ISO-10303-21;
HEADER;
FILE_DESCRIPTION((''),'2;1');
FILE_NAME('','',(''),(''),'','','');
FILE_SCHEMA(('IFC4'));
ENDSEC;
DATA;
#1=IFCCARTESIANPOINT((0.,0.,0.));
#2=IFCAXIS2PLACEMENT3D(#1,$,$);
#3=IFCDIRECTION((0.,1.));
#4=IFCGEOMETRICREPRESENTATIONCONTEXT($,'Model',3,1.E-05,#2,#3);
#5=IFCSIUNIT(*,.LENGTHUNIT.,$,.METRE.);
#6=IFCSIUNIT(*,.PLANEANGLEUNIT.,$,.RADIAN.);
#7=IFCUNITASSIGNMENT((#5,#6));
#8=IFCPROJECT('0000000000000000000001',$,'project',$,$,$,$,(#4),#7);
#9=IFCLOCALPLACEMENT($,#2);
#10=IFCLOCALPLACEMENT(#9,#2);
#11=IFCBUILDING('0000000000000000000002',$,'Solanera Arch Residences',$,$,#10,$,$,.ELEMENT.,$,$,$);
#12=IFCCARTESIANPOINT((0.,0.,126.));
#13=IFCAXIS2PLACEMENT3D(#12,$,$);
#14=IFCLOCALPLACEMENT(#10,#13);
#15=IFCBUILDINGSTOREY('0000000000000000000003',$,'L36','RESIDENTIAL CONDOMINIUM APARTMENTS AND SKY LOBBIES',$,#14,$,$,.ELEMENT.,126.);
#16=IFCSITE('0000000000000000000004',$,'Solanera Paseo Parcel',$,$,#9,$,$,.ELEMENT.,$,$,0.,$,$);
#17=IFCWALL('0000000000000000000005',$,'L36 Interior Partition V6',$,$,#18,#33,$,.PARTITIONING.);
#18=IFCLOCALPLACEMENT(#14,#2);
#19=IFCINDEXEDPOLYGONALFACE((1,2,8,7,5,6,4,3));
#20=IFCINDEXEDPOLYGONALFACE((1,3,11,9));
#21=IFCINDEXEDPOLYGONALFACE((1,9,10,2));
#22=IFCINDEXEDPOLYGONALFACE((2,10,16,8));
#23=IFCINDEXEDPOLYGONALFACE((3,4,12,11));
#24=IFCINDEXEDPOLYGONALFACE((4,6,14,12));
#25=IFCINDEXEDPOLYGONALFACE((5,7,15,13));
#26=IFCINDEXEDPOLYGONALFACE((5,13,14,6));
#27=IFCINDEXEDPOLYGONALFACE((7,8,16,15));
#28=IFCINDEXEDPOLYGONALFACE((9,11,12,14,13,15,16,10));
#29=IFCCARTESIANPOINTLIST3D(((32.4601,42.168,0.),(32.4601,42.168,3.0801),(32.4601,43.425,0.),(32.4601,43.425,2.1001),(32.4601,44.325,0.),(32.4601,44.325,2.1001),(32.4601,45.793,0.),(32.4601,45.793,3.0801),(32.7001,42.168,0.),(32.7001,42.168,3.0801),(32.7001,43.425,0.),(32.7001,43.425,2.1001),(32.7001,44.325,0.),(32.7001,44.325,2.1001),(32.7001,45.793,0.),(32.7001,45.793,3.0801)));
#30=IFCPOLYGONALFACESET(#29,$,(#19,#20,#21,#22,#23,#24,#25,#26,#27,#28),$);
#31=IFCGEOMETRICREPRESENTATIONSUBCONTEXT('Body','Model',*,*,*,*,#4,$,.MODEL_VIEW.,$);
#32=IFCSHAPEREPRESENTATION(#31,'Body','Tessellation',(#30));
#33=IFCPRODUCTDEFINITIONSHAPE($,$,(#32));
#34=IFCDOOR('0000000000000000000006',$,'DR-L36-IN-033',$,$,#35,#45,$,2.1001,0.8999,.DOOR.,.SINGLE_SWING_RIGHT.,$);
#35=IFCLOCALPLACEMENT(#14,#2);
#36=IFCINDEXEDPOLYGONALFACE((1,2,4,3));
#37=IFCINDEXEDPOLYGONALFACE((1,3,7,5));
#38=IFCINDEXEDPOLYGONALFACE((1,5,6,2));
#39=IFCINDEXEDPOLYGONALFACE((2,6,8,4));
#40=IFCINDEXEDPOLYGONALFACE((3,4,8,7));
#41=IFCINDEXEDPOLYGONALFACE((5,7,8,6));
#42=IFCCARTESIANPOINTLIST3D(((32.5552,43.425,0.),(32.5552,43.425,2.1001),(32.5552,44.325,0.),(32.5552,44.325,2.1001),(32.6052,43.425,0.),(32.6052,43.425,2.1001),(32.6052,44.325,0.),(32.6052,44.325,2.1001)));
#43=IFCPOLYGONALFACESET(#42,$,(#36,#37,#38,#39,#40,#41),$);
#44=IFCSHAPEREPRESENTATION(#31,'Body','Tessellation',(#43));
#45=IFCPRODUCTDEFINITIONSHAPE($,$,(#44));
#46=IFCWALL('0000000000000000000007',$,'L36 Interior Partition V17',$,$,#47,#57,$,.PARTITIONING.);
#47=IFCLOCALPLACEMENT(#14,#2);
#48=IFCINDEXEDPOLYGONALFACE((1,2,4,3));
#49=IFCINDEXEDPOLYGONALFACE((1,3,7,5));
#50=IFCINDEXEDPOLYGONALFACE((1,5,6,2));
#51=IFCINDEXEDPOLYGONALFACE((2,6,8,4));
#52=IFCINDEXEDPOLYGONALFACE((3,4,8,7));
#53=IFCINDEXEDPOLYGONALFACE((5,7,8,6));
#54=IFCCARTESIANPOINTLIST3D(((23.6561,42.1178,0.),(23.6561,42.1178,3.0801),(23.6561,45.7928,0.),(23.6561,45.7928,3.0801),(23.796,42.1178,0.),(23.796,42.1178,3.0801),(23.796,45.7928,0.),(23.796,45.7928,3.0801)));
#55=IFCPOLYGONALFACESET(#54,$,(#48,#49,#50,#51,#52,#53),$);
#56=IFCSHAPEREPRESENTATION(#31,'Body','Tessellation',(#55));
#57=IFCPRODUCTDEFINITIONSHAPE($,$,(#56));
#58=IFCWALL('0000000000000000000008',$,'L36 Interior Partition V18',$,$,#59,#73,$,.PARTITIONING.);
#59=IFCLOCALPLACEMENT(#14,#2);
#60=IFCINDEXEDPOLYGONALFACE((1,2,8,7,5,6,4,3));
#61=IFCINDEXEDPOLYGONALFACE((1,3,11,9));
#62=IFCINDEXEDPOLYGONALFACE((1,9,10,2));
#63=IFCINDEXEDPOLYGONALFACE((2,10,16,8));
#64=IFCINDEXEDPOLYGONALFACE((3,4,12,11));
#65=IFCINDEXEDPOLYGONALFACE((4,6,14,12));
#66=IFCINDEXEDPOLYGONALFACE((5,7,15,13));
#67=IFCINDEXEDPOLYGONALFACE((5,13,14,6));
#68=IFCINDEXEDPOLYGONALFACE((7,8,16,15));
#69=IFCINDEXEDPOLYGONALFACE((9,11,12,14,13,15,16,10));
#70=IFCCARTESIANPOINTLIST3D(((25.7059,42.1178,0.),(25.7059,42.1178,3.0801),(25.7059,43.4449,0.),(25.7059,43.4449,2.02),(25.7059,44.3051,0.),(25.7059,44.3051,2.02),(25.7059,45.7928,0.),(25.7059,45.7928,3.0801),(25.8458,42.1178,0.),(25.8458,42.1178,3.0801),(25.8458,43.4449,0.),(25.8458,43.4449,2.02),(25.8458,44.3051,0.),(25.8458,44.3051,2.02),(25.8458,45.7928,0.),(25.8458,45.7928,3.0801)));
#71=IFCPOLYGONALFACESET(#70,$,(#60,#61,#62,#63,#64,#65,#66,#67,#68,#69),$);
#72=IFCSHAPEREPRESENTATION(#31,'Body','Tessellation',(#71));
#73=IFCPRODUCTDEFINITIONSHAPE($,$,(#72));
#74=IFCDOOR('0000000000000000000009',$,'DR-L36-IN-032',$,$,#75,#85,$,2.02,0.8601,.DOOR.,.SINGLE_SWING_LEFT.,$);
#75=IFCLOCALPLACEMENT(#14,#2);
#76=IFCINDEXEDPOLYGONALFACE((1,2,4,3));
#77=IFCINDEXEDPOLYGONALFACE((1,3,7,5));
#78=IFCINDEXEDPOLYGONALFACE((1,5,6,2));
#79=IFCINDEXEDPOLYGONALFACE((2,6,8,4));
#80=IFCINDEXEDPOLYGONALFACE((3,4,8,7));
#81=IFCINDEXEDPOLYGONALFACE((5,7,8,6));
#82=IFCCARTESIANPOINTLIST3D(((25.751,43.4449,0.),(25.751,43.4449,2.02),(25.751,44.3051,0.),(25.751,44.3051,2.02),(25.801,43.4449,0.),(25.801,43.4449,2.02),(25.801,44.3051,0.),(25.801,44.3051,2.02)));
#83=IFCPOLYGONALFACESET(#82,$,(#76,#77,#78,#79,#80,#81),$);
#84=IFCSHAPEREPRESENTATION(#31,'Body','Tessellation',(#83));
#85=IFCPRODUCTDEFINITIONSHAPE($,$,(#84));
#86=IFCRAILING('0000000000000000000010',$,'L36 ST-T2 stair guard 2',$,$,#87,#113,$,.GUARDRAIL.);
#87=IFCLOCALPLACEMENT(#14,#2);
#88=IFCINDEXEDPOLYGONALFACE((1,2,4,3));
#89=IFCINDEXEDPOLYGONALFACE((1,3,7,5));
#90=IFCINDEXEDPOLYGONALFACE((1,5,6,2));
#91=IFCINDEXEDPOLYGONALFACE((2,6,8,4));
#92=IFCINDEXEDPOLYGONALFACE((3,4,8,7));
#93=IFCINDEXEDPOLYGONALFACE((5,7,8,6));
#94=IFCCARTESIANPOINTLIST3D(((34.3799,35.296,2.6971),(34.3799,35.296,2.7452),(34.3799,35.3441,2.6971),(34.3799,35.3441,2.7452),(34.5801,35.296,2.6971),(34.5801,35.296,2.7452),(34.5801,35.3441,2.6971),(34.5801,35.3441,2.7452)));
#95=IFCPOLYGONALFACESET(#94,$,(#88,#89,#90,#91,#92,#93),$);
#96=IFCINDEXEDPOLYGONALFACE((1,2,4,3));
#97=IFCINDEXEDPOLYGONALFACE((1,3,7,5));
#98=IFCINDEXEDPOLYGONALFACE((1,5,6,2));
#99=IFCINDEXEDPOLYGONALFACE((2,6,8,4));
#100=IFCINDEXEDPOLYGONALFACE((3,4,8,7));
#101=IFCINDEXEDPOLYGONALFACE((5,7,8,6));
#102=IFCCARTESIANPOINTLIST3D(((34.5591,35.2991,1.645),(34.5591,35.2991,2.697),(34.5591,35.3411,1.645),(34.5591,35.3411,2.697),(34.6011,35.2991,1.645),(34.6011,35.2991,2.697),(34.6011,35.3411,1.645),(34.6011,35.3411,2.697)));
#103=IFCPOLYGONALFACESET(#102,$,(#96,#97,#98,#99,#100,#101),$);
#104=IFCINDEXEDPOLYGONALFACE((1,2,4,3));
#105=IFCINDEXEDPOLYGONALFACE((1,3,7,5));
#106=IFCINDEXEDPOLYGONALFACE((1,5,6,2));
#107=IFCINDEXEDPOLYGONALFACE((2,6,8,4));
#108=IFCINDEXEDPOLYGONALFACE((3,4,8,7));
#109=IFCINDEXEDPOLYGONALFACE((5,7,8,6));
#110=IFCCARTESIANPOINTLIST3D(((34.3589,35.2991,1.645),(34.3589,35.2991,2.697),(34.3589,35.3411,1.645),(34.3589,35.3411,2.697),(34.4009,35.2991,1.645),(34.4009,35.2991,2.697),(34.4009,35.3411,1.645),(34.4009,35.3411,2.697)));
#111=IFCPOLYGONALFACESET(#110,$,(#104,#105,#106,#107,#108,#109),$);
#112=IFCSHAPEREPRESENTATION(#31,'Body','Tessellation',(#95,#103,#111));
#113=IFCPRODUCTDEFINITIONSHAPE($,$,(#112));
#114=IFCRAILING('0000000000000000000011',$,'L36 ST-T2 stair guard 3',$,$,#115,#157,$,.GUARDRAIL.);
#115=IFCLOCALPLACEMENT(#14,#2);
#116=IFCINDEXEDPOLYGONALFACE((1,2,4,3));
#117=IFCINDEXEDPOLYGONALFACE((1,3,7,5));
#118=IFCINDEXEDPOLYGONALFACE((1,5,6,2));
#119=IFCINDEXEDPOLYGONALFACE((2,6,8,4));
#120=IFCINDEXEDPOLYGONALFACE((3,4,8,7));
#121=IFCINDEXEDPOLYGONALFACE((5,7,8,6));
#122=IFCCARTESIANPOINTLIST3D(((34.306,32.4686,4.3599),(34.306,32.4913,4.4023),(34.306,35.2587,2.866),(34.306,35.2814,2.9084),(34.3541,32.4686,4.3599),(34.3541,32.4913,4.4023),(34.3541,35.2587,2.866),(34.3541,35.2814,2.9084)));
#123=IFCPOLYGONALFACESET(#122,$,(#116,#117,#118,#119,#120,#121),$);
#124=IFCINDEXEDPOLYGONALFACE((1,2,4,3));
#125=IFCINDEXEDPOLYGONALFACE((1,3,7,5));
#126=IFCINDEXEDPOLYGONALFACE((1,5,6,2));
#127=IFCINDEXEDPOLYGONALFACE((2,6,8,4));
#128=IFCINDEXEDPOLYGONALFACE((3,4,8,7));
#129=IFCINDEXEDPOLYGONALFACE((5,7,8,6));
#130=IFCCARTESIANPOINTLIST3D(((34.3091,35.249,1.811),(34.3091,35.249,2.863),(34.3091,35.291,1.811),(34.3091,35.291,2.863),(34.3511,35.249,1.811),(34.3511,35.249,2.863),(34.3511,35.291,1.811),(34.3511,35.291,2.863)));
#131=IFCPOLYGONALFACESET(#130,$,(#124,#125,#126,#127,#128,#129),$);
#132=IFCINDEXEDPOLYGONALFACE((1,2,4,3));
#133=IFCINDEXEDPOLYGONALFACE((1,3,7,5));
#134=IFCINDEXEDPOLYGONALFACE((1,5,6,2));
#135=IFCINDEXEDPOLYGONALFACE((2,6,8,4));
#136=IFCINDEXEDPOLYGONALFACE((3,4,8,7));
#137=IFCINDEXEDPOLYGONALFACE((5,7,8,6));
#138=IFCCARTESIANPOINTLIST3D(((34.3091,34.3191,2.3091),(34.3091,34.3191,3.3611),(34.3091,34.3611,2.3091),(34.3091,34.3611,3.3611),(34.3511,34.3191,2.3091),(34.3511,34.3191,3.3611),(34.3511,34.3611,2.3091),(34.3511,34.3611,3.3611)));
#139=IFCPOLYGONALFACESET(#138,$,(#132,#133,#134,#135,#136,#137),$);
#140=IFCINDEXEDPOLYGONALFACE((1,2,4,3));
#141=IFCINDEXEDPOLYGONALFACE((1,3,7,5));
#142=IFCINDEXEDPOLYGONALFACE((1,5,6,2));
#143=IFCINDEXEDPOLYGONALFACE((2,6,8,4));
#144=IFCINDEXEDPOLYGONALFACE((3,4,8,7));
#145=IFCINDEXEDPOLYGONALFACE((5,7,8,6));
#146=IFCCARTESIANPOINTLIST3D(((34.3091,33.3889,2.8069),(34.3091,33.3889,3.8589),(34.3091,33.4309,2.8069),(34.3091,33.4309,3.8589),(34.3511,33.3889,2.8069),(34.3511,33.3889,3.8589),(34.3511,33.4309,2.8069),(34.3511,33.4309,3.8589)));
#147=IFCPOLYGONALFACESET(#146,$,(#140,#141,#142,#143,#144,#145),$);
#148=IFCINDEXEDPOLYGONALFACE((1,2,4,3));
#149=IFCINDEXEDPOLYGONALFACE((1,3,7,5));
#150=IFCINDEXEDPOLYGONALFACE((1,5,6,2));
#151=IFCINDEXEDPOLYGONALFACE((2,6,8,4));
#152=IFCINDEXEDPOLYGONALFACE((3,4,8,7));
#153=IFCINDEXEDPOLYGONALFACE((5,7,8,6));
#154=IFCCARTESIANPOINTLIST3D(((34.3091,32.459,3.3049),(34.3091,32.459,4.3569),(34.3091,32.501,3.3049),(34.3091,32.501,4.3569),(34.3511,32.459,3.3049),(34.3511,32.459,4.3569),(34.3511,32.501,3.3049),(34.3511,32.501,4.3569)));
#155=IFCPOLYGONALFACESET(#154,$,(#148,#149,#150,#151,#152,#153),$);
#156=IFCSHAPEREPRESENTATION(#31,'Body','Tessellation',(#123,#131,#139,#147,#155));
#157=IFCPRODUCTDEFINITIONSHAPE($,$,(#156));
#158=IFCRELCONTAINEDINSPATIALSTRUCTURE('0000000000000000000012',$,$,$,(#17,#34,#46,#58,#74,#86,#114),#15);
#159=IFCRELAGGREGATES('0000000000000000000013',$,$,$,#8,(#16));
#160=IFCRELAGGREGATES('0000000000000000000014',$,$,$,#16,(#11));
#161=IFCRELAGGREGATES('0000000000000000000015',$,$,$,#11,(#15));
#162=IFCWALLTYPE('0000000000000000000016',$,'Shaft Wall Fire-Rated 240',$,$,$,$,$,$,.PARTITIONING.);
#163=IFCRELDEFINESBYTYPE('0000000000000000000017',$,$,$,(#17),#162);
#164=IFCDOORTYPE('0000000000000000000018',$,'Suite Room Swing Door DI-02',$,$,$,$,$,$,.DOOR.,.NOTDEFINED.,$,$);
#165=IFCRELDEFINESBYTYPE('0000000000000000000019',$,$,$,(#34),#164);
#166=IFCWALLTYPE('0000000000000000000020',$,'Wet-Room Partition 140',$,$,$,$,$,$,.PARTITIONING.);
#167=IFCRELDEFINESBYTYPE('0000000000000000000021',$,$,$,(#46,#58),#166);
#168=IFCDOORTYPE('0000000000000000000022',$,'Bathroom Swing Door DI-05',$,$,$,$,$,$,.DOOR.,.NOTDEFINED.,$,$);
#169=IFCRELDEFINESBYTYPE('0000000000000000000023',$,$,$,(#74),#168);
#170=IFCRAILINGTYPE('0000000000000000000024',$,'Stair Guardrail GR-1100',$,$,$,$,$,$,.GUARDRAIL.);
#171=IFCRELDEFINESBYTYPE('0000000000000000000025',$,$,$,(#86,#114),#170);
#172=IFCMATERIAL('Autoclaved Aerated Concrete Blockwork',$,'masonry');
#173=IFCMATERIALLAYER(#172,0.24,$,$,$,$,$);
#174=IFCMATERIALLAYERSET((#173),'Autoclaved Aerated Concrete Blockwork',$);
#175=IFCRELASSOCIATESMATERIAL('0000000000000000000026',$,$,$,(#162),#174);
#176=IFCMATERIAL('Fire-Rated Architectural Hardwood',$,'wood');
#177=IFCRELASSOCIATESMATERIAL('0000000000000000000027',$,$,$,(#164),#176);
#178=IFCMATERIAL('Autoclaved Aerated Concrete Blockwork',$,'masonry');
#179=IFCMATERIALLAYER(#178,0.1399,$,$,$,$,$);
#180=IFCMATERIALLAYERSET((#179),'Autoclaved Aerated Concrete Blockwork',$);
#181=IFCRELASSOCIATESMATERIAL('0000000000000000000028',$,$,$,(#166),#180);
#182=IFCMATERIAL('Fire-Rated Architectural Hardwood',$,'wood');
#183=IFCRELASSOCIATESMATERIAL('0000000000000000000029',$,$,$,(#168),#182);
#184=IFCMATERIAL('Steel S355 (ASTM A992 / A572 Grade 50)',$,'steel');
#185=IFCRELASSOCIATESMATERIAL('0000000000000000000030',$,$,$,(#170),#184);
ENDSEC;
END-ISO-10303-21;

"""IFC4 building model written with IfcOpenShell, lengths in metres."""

from ifc_helpers import new_model, si_unit, direction, frame, frame_2d, origin, origin_2d, place, context, subcontext, project, spatial, rectangle, extrude, material, layer, layer_set, type_object, element, fill, save


model = new_model("IFC4")

# Units and contexts
model_context = context("Model", 3, precision=1e-05, world=origin(), true_north=direction((0.0, 1.0)))
body_context = subcontext(model_context, "Body", "Model", "MODEL_VIEW")
ifc_project = project(units=[si_unit("LENGTHUNIT", "METRE"), si_unit("PLANEANGLEUNIT", "RADIAN")], contexts=[model_context])

# Site, building, storey
site_placement = place(None, origin())
site = spatial("IfcSite", under=ifc_project, at=site_placement, Name="Solanera Paseo Parcel", CompositionType="ELEMENT", RefElevation=0.0)
building_placement = place(site_placement, origin())
building = spatial("IfcBuilding", under=site, at=building_placement, Name="Solanera Arch Residences", CompositionType="ELEMENT")
storey_placement = place(building_placement, frame((0.0, 0.0, 126.0)))
storey = spatial("IfcBuildingStorey", under=building, at=storey_placement, Name="L36", Description="RESIDENTIAL CONDOMINIUM APARTMENTS AND SKY LOBBIES", CompositionType="ELEMENT", Elevation=126.0)

# Shared definitions
ifc_material_1 = material(Name="Autoclaved Aerated Concrete Blockwork", Category="masonry")
ifc_layer_1 = layer(ifc_material_1, 0.24)
ifc_layer_set_1 = layer_set([ifc_layer_1], Name="Autoclaved Aerated Concrete Blockwork")
wall_type_1 = type_object("IfcWallType", Name="Shaft Wall Fire-Rated 240", PredefinedType="PARTITIONING", material=ifc_layer_set_1)

# Wall, opening, door
wall_1_placement = place(storey_placement, frame((32.5801, 42.168, 0.0), z_axis=(0.0, 0.0, 1.0), x_axis=(0.0, 1.0, 0.0)))
wall_1 = element("IfcWall", 1, at=wall_1_placement, inside=storey, type_object=wall_type_1, Name="L36 Interior Partition V6", PredefinedType="PARTITIONING", context=body_context, shape_type="SweptSolid", body=[
    extrude(rectangle(XDim=3.625, YDim=0.24, at=frame_2d((1.8125, 0.0))), origin(), (0.0, 0.0, 1.0), 3.0801),
])
opening_1_placement = place(wall_1_placement, frame((1.2571, 0.0, 0.0)))
opening_1 = element("IfcOpeningElement", 2, at=opening_1_placement, cuts=wall_1, PredefinedType="OPENING", context=body_context, shape_type="SweptSolid", body=[
    extrude(rectangle(XDim=0.8999, YDim=2.1001, at=frame_2d((0.45, 1.05))), frame((0.0, 0.1299, 0.0), z_axis=(0.0, -1.0, 0.0), x_axis=(1.0, 0.0, 0.0)), (0.0, 0.0, 1.0), 0.26),
])
ifc_material_2 = material(Name="Fire-Rated Architectural Hardwood", Category="wood")
door_type_1 = type_object("IfcDoorType", Name="Suite Room Swing Door DI-02", OperationType="NOTDEFINED", PredefinedType="DOOR", material=ifc_material_2)
door_1_placement = place(opening_1_placement, origin())
door_1 = element("IfcDoor", 3, at=door_1_placement, inside=storey, type_object=door_type_1, Name="DR-L36-IN-033", OperationType="SINGLE_SWING_RIGHT", OverallHeight=2.1001, OverallWidth=0.8999, PredefinedType="DOOR", context=body_context, shape_type="SweptSolid", body=[
    extrude(rectangle(XDim=0.8999, YDim=2.1001, at=frame_2d((0.45, 1.05))), frame((0.0, 0.0249, 0.0), z_axis=(0.0, -1.0, 0.0), x_axis=(1.0, 0.0, 0.0)), (0.0, 0.0, 1.0), 0.05),
])
fill(opening_1, door_1)

# Wall
ifc_material_3 = material(Name="Autoclaved Aerated Concrete Blockwork", Category="masonry")
ifc_layer_2 = layer(ifc_material_3, 0.1399)
ifc_layer_set_2 = layer_set([ifc_layer_2], Name="Autoclaved Aerated Concrete Blockwork")
wall_type_2 = type_object("IfcWallType", Name="Wet-Room Partition 140", PredefinedType="PARTITIONING", material=ifc_layer_set_2)
wall_2_placement = place(storey_placement, frame((23.7261, 42.1179, 0.0), z_axis=(0.0, 0.0, 1.0), x_axis=(0.0, 1.0, 0.0)))
element("IfcWall", 4, at=wall_2_placement, inside=storey, type_object=wall_type_2, Name="L36 Interior Partition V17", PredefinedType="PARTITIONING", context=body_context, shape_type="SweptSolid", body=[
    extrude(rectangle(XDim=3.675, YDim=0.1399, at=frame_2d((1.8374, 0.0))), origin(), (0.0, 0.0, 1.0), 3.0801),
])

# Wall, opening, door
wall_3_placement = place(storey_placement, frame((25.7759, 42.1179, 0.0), z_axis=(0.0, 0.0, 1.0), x_axis=(0.0, 1.0, 0.0)))
wall_3 = element("IfcWall", 5, at=wall_3_placement, inside=storey, type_object=wall_type_2, Name="L36 Interior Partition V18", PredefinedType="PARTITIONING", context=body_context, shape_type="SweptSolid", body=[
    extrude(rectangle(XDim=3.675, YDim=0.1399, at=frame_2d((1.8374, 0.0))), origin(), (0.0, 0.0, 1.0), 3.0801),
])
opening_2_placement = place(wall_3_placement, frame((1.3269, 0.0, 0.0)))
opening_2 = element("IfcOpeningElement", 6, at=opening_2_placement, cuts=wall_3, PredefinedType="OPENING", context=body_context, shape_type="SweptSolid", body=[
    extrude(rectangle(XDim=0.8601, YDim=2.02, at=frame_2d((0.4302, 1.01))), frame((0.0, 0.0798, 0.0), z_axis=(0.0, -1.0, 0.0), x_axis=(1.0, 0.0, 0.0)), (0.0, 0.0, 1.0), 0.1599),
])
ifc_material_4 = material(Name="Fire-Rated Architectural Hardwood", Category="wood")
door_type_2 = type_object("IfcDoorType", Name="Bathroom Swing Door DI-05", OperationType="NOTDEFINED", PredefinedType="DOOR", material=ifc_material_4)
door_2_placement = place(opening_2_placement, origin())
door_2 = element("IfcDoor", 7, at=door_2_placement, inside=storey, type_object=door_type_2, Name="DR-L36-IN-032", OperationType="SINGLE_SWING_LEFT", OverallHeight=2.02, OverallWidth=0.8601, PredefinedType="DOOR", context=body_context, shape_type="SweptSolid", body=[
    extrude(rectangle(XDim=0.8601, YDim=2.02, at=frame_2d((0.4302, 1.01))), frame((0.0, 0.0249, 0.0), z_axis=(0.0, -1.0, 0.0), x_axis=(1.0, 0.0, 0.0)), (0.0, 0.0, 1.0), 0.05),
])
fill(opening_2, door_2)

# Railings
ifc_material_5 = material(Name="Steel S355 (ASTM A992 / A572 Grade 50)", Category="steel")
railing_type = type_object("IfcRailingType", Name="Stair Guardrail GR-1100", PredefinedType="GUARDRAIL", material=ifc_material_5)
railing_1_placement = place(storey_placement, frame((34.5801, 35.3201, 1.645)))
element("IfcRailing", 8, at=railing_1_placement, inside=storey, type_object=railing_type, Name="L36 ST-T2 stair guard 2", PredefinedType="GUARDRAIL", context=body_context, shape_type="SweptSolid", body=[
    extrude(rectangle(XDim=0.0481, YDim=0.0481, at=origin_2d()), frame((0.0, 0.0, 1.0762), z_axis=(-1.0, 0.0, 0.0), x_axis=(0.0, -1.0, 0.0)), (0.0, 0.0, 1.0), 0.2002),
    extrude(rectangle(XDim=0.042, YDim=0.042, at=origin_2d()), origin(), (0.0, 0.0, 1.0), 1.052),
    extrude(rectangle(XDim=0.042, YDim=0.042, at=origin_2d()), frame((-0.2002, 0.0, 0.0)), (0.0, 0.0, 1.0), 1.052),
])
railing_2_placement = place(storey_placement, frame((34.3301, 35.27, 1.811)))
element("IfcRailing", 9, at=railing_2_placement, inside=storey, type_object=railing_type, Name="L36 ST-T2 stair guard 3", PredefinedType="GUARDRAIL", context=body_context, shape_type="SweptSolid", body=[
    extrude(rectangle(XDim=0.0481, YDim=0.0481, at=origin_2d()), frame((0.0, 0.0, 1.0762), z_axis=(0.0, -0.881581, 0.472033), x_axis=(1.0, 0.0, 0.0)), (0.0, 0.0, 1.0), 3.1648),
    extrude(rectangle(XDim=0.042, YDim=0.042, at=origin_2d()), origin(), (0.0, 0.0, 1.0), 1.052),
    extrude(rectangle(XDim=0.042, YDim=0.042, at=origin_2d()), frame((0.0, -0.9299, 0.498)), (0.0, 0.0, 1.0), 1.052),
    extrude(rectangle(XDim=0.042, YDim=0.042, at=origin_2d()), frame((0.0, -1.8601, 0.9958)), (0.0, 0.0, 1.0), 1.052),
    extrude(rectangle(XDim=0.042, YDim=0.042, at=origin_2d()), frame((0.0, -2.79, 1.4939)), (0.0, 0.0, 1.0), 1.052),
])

save(model, "model.ifc")
